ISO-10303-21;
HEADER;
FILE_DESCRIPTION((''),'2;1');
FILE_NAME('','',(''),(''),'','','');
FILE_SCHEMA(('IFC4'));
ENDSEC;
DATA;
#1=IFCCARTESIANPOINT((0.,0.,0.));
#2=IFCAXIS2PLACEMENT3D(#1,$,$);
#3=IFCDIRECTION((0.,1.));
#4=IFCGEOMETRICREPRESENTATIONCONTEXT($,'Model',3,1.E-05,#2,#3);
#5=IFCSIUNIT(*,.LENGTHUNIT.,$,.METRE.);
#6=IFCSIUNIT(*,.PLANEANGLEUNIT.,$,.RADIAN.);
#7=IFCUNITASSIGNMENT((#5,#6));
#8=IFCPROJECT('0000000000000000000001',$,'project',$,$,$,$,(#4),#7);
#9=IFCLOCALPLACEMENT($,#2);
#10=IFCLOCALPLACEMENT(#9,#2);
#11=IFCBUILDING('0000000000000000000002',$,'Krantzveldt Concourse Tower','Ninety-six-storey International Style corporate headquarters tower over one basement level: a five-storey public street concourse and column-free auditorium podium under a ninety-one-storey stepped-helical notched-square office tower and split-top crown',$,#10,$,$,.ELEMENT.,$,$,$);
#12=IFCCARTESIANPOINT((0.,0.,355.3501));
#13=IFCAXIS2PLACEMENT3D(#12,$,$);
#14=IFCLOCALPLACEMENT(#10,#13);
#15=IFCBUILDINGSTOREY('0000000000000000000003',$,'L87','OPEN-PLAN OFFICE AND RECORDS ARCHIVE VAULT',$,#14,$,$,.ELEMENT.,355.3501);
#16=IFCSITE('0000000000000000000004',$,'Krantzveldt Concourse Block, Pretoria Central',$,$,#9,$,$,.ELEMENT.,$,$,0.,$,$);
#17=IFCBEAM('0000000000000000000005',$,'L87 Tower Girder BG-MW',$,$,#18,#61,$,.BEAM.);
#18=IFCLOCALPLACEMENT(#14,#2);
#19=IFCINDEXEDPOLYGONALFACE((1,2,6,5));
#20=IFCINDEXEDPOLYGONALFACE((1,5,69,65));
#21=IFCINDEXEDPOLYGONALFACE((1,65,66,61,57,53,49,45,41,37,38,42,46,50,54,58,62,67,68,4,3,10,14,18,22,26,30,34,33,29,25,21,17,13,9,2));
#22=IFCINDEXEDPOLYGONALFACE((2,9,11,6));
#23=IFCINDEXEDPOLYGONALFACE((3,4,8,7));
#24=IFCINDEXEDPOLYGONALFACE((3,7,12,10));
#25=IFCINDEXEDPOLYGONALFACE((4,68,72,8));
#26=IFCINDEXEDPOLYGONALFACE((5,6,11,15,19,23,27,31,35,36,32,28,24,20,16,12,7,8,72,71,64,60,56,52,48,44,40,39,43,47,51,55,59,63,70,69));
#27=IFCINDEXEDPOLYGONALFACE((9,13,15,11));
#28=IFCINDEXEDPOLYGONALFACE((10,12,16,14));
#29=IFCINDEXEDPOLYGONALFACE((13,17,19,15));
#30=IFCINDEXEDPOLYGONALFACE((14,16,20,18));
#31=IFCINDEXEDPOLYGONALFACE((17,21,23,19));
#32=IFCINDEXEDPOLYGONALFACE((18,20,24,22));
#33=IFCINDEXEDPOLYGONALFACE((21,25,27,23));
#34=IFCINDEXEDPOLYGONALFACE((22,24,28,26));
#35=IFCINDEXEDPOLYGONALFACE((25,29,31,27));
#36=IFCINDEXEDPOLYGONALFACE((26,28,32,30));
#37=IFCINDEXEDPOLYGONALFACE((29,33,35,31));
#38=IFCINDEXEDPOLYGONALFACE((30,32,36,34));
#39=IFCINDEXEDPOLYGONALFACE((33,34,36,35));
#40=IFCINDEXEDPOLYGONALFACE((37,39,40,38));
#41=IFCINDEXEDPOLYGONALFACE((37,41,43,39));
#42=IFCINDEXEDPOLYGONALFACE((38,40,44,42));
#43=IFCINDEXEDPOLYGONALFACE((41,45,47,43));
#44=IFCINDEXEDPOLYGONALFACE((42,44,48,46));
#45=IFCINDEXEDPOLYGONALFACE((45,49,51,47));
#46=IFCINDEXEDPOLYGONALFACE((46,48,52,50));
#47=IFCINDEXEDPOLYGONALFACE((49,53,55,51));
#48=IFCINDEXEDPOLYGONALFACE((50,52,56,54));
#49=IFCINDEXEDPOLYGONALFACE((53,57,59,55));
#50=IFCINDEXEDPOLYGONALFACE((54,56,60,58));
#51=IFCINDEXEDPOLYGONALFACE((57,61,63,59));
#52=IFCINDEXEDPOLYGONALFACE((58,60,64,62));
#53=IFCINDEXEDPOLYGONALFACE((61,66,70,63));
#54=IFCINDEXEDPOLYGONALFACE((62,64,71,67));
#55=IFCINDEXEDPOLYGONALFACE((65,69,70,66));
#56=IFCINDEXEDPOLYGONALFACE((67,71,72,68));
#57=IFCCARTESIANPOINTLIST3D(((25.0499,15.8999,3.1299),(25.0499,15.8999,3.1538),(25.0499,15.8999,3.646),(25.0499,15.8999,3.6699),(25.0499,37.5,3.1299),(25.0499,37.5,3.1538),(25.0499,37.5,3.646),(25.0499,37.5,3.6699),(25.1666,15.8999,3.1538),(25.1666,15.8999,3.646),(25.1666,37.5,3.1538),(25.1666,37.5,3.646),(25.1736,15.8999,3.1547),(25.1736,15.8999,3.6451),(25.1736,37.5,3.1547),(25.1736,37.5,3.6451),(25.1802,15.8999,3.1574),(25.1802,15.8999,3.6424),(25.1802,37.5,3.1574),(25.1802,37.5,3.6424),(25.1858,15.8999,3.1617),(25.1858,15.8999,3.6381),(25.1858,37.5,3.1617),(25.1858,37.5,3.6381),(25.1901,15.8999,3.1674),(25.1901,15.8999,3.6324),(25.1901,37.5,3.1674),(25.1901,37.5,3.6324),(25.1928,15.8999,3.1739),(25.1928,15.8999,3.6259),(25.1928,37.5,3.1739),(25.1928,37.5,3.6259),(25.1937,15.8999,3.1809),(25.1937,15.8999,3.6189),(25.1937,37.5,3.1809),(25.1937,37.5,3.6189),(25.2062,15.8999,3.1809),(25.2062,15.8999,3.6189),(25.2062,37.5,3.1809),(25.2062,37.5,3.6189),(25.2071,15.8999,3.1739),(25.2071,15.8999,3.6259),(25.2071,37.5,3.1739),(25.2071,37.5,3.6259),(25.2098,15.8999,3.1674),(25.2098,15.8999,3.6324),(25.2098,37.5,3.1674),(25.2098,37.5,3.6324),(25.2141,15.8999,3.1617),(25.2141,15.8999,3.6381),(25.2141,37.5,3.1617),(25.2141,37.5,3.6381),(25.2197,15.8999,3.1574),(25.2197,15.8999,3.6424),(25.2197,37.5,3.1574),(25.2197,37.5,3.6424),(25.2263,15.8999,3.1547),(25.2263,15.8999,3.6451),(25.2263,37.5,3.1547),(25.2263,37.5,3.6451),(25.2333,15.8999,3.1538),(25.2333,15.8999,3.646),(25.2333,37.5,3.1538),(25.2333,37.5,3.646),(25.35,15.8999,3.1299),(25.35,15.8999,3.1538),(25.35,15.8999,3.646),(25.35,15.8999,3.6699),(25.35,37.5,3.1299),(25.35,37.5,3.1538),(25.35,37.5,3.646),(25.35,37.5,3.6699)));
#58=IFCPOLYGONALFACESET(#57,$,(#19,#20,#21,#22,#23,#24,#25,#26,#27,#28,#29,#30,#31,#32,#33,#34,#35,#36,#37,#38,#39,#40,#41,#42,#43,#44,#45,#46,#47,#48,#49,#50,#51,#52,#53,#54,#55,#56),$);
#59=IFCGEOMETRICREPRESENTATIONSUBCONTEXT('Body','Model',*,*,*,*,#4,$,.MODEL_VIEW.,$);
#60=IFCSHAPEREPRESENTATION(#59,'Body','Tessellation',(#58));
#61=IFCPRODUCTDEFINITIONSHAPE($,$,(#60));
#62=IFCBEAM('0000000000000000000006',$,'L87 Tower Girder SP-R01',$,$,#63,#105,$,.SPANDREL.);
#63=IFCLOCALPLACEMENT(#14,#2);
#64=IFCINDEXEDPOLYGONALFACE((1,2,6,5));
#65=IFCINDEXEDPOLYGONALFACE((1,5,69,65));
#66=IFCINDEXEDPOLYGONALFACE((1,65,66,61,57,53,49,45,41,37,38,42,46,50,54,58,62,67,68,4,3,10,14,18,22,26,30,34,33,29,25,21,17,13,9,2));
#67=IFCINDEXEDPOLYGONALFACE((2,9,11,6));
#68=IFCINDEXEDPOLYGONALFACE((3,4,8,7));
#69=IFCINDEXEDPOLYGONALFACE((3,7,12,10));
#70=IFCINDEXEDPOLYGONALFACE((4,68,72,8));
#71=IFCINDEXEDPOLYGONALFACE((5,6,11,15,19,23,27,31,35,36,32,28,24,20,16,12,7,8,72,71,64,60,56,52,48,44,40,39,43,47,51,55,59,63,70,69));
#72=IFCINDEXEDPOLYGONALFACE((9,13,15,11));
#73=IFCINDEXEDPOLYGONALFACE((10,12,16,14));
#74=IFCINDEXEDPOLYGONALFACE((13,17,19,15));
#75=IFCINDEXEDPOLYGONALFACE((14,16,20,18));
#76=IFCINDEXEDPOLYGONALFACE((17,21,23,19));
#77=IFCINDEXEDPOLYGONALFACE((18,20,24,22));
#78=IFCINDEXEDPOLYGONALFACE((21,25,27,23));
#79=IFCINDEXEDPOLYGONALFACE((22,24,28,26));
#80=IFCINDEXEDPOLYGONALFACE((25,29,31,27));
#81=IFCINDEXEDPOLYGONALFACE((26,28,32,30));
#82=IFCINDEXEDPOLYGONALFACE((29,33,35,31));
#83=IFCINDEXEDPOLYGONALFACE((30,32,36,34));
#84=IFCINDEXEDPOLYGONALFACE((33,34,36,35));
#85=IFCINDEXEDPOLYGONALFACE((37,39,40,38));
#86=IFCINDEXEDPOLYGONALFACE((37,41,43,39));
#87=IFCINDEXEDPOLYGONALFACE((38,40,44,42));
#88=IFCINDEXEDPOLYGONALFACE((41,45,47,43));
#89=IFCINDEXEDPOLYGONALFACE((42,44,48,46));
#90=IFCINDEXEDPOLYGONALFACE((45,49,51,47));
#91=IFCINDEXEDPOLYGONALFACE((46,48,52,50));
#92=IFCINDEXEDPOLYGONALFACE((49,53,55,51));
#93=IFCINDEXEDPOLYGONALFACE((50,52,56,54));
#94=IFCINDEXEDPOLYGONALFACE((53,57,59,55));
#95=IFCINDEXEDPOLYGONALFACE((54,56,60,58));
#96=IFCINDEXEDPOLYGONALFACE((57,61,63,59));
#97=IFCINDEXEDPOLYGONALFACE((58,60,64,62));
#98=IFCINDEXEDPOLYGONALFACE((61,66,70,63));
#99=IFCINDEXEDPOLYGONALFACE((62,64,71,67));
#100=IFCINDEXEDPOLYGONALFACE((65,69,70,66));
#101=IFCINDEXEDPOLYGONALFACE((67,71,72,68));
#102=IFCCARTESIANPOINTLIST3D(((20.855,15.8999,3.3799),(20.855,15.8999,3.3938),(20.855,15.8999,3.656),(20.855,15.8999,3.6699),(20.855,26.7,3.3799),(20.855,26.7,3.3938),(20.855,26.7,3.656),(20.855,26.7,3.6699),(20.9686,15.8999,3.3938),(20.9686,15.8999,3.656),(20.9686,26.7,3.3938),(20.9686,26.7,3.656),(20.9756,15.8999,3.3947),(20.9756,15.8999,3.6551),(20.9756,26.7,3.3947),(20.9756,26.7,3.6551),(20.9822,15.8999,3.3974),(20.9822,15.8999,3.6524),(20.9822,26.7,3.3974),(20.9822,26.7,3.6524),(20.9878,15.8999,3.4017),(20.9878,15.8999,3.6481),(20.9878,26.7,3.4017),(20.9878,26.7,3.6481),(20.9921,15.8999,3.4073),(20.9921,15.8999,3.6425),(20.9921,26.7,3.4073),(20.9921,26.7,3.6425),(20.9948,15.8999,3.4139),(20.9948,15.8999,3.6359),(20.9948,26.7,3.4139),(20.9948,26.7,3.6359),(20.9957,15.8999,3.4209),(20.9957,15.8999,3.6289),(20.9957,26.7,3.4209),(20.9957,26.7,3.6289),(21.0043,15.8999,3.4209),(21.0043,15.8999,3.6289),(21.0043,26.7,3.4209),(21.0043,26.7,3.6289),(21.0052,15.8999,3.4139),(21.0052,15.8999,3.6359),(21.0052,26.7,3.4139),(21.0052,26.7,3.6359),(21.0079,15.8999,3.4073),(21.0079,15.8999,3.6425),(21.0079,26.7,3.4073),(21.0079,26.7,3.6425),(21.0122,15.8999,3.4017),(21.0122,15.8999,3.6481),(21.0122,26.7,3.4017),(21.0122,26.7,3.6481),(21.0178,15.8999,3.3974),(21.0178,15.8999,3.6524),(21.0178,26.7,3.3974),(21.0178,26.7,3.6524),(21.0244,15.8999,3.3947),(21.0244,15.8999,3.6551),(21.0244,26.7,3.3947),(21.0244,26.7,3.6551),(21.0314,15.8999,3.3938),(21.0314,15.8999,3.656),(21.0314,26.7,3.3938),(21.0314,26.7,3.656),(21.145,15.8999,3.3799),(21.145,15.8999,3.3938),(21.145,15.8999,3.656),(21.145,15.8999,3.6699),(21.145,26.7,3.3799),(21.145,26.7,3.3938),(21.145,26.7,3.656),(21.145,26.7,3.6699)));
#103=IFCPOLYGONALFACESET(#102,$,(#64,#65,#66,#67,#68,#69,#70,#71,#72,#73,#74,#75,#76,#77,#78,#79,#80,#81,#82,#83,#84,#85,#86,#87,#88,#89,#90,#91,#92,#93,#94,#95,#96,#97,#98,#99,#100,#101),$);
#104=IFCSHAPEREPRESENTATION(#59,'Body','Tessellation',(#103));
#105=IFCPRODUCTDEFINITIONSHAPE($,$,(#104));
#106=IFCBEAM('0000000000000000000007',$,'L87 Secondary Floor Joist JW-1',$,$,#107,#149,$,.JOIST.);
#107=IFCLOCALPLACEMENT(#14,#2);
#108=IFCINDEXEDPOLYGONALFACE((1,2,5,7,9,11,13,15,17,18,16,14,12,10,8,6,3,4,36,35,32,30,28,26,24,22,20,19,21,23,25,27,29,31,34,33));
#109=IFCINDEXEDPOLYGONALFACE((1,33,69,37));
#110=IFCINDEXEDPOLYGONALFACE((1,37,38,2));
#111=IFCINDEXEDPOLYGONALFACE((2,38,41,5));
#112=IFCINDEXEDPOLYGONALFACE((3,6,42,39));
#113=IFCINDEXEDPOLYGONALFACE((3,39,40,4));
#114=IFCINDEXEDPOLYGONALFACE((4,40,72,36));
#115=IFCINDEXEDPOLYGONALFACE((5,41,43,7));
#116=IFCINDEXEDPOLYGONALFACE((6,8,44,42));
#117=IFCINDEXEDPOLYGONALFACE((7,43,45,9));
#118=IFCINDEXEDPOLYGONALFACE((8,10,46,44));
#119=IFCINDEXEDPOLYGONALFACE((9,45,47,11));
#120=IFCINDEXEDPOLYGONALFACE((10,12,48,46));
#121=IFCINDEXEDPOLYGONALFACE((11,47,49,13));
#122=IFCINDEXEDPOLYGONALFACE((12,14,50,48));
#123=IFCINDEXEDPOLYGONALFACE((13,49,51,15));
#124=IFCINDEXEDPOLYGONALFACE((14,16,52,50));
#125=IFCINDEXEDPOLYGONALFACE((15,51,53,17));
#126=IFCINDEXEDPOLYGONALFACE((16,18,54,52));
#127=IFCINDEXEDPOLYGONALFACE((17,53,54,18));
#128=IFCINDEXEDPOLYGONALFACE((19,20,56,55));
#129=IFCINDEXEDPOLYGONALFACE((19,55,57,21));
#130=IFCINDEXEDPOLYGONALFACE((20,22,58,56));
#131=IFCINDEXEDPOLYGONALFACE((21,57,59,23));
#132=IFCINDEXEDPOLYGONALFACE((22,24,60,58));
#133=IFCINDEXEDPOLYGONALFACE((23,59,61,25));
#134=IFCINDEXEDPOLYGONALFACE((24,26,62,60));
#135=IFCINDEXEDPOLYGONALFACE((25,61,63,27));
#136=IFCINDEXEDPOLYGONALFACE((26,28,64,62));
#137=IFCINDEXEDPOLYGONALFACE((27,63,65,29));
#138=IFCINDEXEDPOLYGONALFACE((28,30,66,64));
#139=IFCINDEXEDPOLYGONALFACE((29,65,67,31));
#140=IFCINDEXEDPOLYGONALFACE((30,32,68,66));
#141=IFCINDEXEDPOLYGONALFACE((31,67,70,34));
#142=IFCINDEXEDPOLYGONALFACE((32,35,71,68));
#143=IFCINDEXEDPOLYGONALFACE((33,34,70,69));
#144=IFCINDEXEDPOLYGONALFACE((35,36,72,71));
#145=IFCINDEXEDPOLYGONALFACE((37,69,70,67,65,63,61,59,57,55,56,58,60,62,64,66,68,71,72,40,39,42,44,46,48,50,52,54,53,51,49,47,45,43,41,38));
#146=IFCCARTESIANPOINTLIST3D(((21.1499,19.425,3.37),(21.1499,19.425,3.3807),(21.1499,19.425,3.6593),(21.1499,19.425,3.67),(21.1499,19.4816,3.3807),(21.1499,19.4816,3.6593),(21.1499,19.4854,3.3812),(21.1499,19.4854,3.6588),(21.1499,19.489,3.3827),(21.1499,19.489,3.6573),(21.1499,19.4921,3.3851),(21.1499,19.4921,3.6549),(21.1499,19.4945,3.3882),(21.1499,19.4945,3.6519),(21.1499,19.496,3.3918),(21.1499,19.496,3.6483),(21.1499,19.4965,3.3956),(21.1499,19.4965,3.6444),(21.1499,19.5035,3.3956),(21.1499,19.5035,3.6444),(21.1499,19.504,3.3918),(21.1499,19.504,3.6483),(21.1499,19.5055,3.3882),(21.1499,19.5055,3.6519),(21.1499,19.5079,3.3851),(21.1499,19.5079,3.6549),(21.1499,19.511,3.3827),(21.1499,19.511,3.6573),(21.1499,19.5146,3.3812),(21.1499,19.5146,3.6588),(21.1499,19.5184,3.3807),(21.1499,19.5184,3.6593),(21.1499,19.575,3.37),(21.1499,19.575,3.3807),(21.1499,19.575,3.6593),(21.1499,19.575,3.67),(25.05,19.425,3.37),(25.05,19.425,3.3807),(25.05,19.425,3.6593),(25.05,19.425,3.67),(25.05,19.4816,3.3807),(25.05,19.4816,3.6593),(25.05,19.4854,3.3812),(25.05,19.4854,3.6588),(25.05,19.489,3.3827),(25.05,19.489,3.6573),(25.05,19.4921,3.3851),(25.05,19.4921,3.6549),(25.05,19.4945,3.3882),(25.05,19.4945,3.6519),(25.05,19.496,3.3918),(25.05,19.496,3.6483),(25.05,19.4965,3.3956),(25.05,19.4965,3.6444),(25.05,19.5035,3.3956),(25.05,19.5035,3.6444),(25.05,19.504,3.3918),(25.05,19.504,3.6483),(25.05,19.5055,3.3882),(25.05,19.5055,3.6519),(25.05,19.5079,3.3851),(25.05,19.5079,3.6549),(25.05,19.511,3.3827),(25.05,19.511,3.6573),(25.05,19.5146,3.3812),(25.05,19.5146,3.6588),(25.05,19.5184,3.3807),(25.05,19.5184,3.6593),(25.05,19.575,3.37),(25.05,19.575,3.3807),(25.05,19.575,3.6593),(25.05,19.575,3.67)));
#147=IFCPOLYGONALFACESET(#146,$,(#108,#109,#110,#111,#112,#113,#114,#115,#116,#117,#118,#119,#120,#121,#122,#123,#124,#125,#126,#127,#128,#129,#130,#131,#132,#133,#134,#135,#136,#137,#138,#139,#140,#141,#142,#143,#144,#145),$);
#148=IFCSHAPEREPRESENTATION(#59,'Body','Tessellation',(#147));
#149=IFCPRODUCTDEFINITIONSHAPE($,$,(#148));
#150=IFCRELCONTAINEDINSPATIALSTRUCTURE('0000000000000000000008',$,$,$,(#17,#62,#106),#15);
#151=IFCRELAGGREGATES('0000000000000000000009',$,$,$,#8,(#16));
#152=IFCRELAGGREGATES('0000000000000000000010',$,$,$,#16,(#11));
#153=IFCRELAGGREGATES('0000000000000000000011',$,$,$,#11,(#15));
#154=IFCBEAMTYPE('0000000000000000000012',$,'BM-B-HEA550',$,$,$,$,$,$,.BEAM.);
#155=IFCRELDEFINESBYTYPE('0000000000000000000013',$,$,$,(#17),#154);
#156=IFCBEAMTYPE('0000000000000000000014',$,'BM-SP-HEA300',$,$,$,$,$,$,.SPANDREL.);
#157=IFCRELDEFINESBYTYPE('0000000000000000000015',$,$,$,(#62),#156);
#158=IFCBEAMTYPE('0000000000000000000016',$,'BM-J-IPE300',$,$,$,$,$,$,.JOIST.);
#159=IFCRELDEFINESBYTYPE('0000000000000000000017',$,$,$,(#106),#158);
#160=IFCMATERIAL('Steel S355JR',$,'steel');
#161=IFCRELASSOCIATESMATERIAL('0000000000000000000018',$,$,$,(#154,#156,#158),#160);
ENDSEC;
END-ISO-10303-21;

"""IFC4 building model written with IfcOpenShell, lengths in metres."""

from ifc_helpers import new_model, si_unit, direction, frame, origin, origin_2d, place, context, subcontext, project, spatial, i_section, extrude, source, transform, mapped, material, material_profile, profile_set, type_object, type_shapes, element, save


model = new_model("IFC4")

# Units and contexts
model_context = context("Model", 3, precision=1e-05, world=origin(), true_north=direction((0.0, 1.0)))
body_context = subcontext(model_context, "Body", "Model", "MODEL_VIEW")
ifc_project = project(units=[si_unit("LENGTHUNIT", "METRE"), si_unit("PLANEANGLEUNIT", "RADIAN")], contexts=[model_context])

# Site, building, storey
site_placement = place(None, origin())
site = spatial("IfcSite", under=ifc_project, at=site_placement, Name="Krantzveldt Concourse Block, Pretoria Central", CompositionType="ELEMENT", RefElevation=0.0)
building_placement = place(site_placement, origin())
building = spatial("IfcBuilding", under=site, at=building_placement, Name="Krantzveldt Concourse Tower", Description="Ninety-six-storey International Style corporate headquarters tower over one basement level: a five-storey public street concourse and column-free auditorium podium under a ninety-one-storey stepped-helical notched-square office tower and split-top crown", CompositionType="ELEMENT")
storey_placement = place(building_placement, frame((0.0, 0.0, 355.3501)))
storey = spatial("IfcBuildingStorey", under=building, at=storey_placement, Name="L87", Description="OPEN-PLAN OFFICE AND RECORDS ARCHIVE VAULT", CompositionType="ELEMENT", Elevation=355.3501)

# Beams
ifc_material_1 = material(Name="Steel S355JR", Category="steel")
ifc_material_profile_1 = material_profile(ifc_material_1, i_section(OverallWidth=0.3, OverallDepth=0.54, WebThickness=0.0125, FlangeThickness=0.0239, FilletRadius=0.0271, at=origin_2d()), Name="Steel S355JR", Category="steel")
ifc_profile_set_1 = profile_set([ifc_material_profile_1], Name="Steel S355JR - HEA 550")
beam_type_1 = type_object("IfcBeamType", Name="BM-B-HEA550", PredefinedType="BEAM", material=ifc_profile_set_1)
shared_shape_1 = source(origin(), body_context, "Body", "SweptSolid", [
    extrude(i_section(OverallWidth=0.3, OverallDepth=0.54, WebThickness=0.0125, FlangeThickness=0.0239, FilletRadius=0.0271, at=origin_2d()), origin(), (0.0, 0.0, 1.0), 21.6001),
])
type_shapes(beam_type_1, [shared_shape_1])
beam_1_placement = place(storey_placement, frame((25.2, 15.8999, 3.3999), z_axis=(0.0, 1.0, 0.0), x_axis=(-1.0, 0.0, 0.0)))
element("IfcBeam", 1, at=beam_1_placement, inside=storey, type_object=beam_type_1, Name="L87 Tower Girder BG-MW", PredefinedType="BEAM", context=body_context, shape_type="MappedRepresentation", body=[
    mapped(shared_shape_1, transform((0.0, 0.0, 0.0), x_axis=(1.0, 0.0, 0.0), y_axis=(0.0, 1.0, 0.0), z_axis=(0.0, 0.0, 1.0), scale=1.0)),
])
ifc_material_profile_2 = material_profile(ifc_material_1, i_section(OverallWidth=0.29, OverallDepth=0.29, WebThickness=0.0085, FlangeThickness=0.0139, FilletRadius=0.0271, at=origin_2d()), Name="Steel S355JR", Category="steel")
ifc_profile_set_2 = profile_set([ifc_material_profile_2], Name="Steel S355JR - HEA 300")
beam_type_2 = type_object("IfcBeamType", Name="BM-SP-HEA300", PredefinedType="SPANDREL", material=ifc_profile_set_2)
shared_shape_2 = source(origin(), body_context, "Body", "SweptSolid", [
    extrude(i_section(OverallWidth=0.29, OverallDepth=0.29, WebThickness=0.0085, FlangeThickness=0.0139, FilletRadius=0.0271, at=origin_2d()), origin(), (0.0, 0.0, 1.0), 10.8),
])
type_shapes(beam_type_2, [shared_shape_2])
beam_2_placement = place(storey_placement, frame((21.0, 15.8999, 3.5249), z_axis=(0.0, 1.0, 0.0), x_axis=(-1.0, 0.0, 0.0)))
element("IfcBeam", 2, at=beam_2_placement, inside=storey, type_object=beam_type_2, Name="L87 Tower Girder SP-R01", PredefinedType="SPANDREL", context=body_context, shape_type="MappedRepresentation", body=[
    mapped(shared_shape_2, transform((0.0, 0.0, 0.0), x_axis=(1.0, 0.0, 0.0), y_axis=(0.0, 1.0, 0.0), z_axis=(0.0, 0.0, 1.0), scale=1.0)),
])
ifc_material_profile_3 = material_profile(ifc_material_1, i_section(OverallWidth=0.1499, OverallDepth=0.3, WebThickness=0.0071, FlangeThickness=0.0107, FilletRadius=0.0149, at=origin_2d()), Name="Steel S355JR", Category="steel")
ifc_profile_set_3 = profile_set([ifc_material_profile_3], Name="Steel S355JR - IPE 300")
beam_type_3 = type_object("IfcBeamType", Name="BM-J-IPE300", PredefinedType="JOIST", material=ifc_profile_set_3)
shared_shape_3 = source(origin(), body_context, "Body", "SweptSolid", [
    extrude(i_section(OverallWidth=0.1499, OverallDepth=0.3, WebThickness=0.0071, FlangeThickness=0.0107, FilletRadius=0.0149, at=origin_2d()), origin(), (0.0, 0.0, 1.0), 3.9001),
])
type_shapes(beam_type_3, [shared_shape_3])
for number, where, z_axis, x_axis, name in (
    (3, (21.1499, 19.5, 3.52), (1.0, 0.0, 0.0), (0.0, 1.0, 0.0), "L87 Secondary Floor Joist JW-1"),
):
    element("IfcBeam", number, at=place(storey_placement, frame(where, z_axis=z_axis, x_axis=x_axis)), inside=storey, type_object=beam_type_3, Name=name, PredefinedType="JOIST", context=body_context, shape_type="MappedRepresentation", body=[
        mapped(shared_shape_3, transform((0.0, 0.0, 0.0), x_axis=(1.0, 0.0, 0.0), y_axis=(0.0, 1.0, 0.0), z_axis=(0.0, 0.0, 1.0), scale=1.0)),
    ])

save(model, "model.ifc")
